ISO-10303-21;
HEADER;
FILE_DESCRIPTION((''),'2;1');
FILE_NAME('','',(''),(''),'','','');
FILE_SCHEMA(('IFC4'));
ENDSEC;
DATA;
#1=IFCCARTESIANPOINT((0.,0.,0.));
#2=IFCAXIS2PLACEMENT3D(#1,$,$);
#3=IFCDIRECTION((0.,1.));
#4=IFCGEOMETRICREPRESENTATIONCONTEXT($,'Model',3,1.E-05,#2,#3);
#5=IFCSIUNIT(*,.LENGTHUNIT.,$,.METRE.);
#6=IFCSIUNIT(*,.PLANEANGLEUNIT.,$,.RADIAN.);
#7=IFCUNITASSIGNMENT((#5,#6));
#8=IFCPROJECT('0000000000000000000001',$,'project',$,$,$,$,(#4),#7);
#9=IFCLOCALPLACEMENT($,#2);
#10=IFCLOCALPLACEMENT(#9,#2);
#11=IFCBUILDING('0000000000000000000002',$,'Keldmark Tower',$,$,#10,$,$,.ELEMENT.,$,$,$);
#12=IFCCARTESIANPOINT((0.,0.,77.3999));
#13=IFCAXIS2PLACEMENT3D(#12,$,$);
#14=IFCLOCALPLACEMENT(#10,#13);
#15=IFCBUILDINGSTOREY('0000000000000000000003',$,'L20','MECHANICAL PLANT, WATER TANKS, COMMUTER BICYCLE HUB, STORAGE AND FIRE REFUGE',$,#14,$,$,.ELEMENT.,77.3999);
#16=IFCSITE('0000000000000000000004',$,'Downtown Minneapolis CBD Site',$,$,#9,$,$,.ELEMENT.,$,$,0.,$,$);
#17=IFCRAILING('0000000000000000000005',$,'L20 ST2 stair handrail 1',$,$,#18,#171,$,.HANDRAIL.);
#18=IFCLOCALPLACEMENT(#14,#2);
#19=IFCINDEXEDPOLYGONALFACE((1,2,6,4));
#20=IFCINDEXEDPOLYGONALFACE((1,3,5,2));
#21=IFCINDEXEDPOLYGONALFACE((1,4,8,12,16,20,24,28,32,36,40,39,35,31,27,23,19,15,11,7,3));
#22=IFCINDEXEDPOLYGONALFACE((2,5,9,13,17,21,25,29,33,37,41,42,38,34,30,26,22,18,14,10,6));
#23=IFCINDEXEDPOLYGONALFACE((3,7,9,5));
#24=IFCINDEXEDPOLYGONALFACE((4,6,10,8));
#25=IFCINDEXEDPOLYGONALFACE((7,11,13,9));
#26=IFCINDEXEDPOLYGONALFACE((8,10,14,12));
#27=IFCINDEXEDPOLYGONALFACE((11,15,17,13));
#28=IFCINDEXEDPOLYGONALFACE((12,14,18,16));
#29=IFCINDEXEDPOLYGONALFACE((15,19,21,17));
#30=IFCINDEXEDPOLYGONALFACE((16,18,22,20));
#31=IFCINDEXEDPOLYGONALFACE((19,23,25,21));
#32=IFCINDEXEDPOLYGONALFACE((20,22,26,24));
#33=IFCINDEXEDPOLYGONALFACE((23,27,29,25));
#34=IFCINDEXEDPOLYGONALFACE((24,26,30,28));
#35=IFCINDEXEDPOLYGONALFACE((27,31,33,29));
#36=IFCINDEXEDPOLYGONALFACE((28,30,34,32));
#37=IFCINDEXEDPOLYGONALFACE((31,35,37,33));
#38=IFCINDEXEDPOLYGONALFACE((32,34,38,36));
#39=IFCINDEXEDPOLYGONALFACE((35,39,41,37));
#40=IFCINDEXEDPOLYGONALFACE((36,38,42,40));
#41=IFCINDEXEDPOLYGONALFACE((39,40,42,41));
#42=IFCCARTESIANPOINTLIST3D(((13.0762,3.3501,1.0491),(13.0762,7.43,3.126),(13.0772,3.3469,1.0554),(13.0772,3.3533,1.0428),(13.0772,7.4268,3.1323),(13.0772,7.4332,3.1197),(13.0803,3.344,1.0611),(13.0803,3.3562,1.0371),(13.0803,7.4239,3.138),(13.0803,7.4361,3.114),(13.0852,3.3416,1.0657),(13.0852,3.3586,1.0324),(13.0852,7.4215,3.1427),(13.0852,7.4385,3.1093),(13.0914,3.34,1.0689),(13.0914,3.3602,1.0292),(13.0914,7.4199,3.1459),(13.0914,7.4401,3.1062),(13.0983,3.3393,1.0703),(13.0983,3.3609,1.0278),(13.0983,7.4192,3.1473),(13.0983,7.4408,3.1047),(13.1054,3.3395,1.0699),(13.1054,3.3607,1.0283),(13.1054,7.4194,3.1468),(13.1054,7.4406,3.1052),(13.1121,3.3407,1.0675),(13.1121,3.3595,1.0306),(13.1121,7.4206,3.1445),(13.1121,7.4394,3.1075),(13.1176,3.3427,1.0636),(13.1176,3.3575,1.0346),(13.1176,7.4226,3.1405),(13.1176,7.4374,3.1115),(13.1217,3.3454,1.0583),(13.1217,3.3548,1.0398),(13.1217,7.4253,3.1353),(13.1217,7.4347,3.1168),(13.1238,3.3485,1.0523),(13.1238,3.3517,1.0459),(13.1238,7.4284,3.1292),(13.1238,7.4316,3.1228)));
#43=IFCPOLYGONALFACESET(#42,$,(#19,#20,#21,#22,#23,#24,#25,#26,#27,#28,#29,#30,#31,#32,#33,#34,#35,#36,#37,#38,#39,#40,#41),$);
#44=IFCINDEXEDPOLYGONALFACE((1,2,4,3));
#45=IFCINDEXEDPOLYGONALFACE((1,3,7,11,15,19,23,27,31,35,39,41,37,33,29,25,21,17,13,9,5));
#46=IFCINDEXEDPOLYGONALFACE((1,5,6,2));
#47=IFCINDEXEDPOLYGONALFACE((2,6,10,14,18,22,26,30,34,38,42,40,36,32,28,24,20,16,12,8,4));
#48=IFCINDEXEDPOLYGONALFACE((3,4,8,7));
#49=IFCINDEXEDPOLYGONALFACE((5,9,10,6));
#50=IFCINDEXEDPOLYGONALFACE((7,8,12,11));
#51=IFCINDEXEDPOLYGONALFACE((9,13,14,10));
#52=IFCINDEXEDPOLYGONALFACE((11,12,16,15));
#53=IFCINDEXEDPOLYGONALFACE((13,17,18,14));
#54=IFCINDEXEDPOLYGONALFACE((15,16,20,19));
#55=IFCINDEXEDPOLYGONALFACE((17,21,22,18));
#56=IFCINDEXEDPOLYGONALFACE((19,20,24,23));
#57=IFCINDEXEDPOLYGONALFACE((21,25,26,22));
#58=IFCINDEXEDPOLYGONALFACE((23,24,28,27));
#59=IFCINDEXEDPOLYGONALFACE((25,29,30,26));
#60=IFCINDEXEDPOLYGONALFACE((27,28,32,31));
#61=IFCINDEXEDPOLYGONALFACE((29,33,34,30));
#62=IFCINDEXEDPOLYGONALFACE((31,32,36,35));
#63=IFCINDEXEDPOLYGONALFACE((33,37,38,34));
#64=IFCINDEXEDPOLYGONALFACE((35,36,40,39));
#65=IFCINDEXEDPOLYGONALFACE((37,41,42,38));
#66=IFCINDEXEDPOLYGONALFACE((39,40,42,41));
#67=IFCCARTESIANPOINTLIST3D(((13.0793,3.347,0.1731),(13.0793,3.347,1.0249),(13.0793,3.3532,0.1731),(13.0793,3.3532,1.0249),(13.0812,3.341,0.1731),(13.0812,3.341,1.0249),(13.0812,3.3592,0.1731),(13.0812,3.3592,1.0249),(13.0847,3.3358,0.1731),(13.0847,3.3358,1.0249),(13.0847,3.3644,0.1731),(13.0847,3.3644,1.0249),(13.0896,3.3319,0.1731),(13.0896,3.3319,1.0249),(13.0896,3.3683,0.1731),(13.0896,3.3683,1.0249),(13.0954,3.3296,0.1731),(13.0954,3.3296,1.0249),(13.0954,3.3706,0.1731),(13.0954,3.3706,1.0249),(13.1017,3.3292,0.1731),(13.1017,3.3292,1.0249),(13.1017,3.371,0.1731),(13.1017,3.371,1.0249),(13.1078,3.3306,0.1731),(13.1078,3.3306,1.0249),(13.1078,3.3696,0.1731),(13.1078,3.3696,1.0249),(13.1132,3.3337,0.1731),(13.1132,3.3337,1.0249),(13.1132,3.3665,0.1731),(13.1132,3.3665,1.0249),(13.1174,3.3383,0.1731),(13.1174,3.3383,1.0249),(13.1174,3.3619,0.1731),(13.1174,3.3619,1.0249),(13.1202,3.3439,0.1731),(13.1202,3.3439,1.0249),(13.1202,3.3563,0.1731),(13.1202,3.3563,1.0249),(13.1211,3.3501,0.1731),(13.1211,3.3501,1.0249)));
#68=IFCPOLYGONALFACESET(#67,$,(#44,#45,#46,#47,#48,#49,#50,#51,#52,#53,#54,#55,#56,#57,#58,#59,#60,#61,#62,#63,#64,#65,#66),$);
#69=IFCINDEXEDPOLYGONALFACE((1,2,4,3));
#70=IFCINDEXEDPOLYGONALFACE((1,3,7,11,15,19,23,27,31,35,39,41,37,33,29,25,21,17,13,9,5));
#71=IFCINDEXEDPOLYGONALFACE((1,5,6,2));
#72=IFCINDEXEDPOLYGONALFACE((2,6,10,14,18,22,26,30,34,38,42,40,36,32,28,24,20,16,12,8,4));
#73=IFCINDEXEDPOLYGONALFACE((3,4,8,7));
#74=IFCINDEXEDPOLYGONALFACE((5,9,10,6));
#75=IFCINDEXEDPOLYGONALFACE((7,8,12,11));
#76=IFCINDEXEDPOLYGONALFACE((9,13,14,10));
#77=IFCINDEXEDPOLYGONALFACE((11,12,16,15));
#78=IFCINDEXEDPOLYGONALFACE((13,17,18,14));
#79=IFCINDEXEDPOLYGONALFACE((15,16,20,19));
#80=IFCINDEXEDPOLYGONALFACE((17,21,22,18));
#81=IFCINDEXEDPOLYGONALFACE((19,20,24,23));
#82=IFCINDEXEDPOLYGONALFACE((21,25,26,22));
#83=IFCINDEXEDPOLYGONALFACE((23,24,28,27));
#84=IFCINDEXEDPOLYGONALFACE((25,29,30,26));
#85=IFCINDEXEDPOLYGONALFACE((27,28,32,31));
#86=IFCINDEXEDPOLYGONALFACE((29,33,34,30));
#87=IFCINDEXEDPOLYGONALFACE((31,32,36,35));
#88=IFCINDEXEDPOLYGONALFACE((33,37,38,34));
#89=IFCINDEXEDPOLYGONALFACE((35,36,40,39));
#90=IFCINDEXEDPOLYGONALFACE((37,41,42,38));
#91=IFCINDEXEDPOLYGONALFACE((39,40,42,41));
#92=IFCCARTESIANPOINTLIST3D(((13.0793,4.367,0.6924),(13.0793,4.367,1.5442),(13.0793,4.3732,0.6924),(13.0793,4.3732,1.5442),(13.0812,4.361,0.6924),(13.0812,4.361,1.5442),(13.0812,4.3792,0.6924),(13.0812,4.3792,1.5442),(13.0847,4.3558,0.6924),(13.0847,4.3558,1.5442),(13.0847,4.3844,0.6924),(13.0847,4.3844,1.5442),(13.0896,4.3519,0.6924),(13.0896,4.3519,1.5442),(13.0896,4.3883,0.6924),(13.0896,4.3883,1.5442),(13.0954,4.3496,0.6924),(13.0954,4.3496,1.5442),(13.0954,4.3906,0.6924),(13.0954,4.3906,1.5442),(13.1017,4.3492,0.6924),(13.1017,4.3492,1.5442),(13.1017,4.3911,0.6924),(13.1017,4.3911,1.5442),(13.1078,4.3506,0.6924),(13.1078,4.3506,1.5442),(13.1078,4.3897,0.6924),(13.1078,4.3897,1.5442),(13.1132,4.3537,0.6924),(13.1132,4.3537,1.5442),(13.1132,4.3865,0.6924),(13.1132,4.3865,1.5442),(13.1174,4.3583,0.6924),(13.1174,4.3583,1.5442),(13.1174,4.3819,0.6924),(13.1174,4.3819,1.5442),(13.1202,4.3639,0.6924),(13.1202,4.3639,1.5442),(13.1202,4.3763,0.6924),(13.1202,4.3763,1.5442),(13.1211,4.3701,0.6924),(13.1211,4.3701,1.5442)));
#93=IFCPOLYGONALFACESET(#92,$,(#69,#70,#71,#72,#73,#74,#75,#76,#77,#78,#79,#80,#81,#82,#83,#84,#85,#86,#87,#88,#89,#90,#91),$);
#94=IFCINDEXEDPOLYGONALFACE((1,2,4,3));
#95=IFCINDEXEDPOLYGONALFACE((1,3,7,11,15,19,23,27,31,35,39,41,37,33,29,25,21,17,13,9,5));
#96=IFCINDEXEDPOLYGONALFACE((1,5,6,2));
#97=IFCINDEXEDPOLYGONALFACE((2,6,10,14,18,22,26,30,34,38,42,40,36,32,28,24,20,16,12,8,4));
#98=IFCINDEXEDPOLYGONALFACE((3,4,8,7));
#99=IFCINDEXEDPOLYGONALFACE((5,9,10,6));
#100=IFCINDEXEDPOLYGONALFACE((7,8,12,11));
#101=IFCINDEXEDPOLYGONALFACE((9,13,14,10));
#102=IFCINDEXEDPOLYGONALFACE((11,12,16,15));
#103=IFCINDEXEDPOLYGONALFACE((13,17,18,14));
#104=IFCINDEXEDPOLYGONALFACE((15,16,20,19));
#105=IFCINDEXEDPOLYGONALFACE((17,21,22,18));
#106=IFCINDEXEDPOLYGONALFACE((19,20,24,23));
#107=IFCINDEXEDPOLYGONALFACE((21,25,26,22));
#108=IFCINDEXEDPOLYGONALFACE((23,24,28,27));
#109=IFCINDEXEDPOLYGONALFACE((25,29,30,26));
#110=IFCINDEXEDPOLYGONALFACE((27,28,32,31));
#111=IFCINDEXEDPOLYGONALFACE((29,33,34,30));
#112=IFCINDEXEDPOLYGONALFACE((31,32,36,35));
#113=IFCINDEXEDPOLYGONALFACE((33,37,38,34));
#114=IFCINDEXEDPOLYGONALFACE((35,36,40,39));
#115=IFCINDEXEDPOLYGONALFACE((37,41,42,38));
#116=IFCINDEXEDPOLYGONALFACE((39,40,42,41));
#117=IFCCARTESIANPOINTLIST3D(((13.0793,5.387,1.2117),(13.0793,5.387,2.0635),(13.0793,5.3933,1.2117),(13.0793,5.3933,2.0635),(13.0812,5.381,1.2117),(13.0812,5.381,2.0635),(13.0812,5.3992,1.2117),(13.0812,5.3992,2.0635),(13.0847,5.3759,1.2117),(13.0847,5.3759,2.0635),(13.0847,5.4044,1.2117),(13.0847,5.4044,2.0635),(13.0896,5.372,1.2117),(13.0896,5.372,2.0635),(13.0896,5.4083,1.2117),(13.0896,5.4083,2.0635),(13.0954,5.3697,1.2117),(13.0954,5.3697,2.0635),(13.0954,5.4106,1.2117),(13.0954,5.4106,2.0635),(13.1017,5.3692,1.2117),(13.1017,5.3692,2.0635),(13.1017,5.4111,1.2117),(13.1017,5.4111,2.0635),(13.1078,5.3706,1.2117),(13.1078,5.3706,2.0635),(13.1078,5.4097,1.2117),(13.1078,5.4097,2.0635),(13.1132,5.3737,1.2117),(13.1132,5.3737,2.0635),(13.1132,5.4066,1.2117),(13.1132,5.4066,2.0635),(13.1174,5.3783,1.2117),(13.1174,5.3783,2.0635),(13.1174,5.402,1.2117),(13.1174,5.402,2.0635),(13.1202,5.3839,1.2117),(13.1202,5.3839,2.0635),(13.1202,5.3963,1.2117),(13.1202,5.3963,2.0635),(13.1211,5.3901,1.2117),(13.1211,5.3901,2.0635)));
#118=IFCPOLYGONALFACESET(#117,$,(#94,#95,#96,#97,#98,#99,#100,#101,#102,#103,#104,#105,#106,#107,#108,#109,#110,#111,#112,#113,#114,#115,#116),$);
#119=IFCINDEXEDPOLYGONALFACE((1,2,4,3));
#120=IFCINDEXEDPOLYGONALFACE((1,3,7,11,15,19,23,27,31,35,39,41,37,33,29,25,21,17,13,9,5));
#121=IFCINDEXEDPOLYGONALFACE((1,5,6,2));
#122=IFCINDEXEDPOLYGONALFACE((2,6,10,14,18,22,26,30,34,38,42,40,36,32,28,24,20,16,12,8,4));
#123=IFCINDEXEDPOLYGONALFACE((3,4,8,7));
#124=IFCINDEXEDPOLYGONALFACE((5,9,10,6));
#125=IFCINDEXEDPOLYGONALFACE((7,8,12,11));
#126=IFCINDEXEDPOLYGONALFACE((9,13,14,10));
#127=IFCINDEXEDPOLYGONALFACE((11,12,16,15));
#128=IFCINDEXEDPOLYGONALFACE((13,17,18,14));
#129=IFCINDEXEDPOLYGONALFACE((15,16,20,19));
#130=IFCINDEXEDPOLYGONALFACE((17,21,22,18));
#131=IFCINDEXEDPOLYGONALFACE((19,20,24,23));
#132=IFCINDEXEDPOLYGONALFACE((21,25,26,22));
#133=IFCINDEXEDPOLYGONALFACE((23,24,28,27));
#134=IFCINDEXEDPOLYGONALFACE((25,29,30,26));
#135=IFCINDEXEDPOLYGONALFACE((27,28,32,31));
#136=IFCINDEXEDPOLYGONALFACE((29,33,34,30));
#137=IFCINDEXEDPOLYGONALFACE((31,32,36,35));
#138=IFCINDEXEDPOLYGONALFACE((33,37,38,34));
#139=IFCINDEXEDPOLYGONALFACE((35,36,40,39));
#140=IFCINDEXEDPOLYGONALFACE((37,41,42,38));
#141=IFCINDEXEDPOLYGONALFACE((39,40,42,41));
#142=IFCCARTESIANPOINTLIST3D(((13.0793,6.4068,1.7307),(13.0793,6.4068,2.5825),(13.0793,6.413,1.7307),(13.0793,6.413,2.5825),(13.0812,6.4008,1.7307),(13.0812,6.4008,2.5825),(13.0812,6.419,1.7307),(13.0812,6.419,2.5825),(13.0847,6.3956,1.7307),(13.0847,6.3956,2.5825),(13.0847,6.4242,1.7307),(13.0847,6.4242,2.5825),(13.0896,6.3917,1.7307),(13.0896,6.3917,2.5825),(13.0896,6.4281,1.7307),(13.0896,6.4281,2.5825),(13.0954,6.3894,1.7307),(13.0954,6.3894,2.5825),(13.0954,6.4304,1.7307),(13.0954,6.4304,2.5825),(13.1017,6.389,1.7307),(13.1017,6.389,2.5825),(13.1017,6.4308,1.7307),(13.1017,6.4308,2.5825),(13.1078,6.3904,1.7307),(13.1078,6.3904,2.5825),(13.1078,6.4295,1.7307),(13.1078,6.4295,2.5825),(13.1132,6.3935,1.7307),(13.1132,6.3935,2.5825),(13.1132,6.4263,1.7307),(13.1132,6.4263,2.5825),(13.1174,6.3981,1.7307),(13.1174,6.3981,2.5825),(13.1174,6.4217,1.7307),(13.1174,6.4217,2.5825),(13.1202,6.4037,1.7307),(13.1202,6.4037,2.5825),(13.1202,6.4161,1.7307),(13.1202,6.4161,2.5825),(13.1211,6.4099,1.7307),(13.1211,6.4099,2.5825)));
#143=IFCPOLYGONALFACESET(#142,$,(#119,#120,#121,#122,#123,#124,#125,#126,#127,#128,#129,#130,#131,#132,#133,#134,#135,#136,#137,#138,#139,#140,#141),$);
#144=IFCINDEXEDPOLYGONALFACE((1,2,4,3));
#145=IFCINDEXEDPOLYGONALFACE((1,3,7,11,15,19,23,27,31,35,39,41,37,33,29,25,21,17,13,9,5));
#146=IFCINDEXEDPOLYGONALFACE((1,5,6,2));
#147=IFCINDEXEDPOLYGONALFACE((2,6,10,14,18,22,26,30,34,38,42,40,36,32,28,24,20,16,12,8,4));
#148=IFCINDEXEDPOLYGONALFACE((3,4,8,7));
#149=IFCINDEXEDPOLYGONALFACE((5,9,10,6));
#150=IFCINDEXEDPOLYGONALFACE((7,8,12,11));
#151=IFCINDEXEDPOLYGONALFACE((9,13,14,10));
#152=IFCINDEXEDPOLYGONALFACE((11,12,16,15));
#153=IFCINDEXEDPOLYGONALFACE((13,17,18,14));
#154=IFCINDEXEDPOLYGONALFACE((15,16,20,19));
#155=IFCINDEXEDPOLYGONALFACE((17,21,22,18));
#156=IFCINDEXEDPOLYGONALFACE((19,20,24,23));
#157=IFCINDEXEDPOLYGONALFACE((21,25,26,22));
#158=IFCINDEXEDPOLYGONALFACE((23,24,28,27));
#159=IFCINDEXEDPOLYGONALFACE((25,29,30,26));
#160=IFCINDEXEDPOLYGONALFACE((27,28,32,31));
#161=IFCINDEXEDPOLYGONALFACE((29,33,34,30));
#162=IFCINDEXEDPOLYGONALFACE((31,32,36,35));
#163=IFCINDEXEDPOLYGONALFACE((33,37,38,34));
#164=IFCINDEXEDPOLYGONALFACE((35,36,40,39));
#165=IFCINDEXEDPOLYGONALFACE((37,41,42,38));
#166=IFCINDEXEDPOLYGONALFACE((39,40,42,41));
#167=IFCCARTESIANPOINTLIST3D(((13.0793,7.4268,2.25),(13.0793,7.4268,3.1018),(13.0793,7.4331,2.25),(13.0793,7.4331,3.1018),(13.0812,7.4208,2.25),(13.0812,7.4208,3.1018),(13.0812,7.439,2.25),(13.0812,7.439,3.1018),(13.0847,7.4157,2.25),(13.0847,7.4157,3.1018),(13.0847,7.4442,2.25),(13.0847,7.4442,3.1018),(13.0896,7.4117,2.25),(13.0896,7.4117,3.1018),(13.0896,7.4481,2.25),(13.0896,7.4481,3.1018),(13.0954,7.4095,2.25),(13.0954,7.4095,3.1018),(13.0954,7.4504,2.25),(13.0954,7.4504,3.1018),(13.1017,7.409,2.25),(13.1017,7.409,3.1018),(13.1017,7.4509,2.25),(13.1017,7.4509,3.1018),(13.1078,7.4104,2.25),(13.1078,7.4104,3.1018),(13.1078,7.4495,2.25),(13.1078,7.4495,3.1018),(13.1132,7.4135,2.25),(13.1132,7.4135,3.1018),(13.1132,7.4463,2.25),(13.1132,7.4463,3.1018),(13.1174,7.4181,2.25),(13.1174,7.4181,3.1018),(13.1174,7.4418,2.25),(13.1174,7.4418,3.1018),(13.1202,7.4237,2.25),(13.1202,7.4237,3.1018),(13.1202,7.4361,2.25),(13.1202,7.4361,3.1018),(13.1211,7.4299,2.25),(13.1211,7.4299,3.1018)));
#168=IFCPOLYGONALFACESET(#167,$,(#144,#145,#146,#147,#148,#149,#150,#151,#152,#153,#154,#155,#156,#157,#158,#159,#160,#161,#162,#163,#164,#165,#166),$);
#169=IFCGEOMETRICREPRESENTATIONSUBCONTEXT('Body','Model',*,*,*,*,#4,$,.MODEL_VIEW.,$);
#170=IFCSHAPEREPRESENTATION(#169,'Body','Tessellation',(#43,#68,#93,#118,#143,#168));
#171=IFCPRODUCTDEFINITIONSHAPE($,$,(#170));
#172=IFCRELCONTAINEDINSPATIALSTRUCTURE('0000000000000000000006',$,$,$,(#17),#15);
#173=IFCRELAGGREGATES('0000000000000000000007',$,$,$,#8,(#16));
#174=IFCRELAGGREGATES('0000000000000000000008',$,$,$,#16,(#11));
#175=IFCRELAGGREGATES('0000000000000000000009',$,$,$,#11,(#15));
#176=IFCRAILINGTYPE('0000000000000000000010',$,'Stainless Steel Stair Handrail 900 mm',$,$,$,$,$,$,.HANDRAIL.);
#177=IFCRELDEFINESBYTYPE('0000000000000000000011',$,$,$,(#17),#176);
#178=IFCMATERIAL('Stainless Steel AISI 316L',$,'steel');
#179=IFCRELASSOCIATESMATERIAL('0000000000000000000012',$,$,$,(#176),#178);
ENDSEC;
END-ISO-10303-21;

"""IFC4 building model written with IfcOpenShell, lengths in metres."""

from ifc_helpers import new_model, si_unit, direction, frame, origin, origin_2d, place, context, subcontext, project, spatial, circle, extrude, material, type_object, element, save


model = new_model("IFC4")

# Units and contexts
model_context = context("Model", 3, precision=1e-05, world=origin(), true_north=direction((0.0, 1.0)))
body_context = subcontext(model_context, "Body", "Model", "MODEL_VIEW")
ifc_project = project(units=[si_unit("LENGTHUNIT", "METRE"), si_unit("PLANEANGLEUNIT", "RADIAN")], contexts=[model_context])

# Site, building, storey
site_placement = place(None, origin())
site = spatial("IfcSite", under=ifc_project, at=site_placement, Name="Downtown Minneapolis CBD Site", CompositionType="ELEMENT", RefElevation=0.0)
building_placement = place(site_placement, origin())
building = spatial("IfcBuilding", under=site, at=building_placement, Name="Keldmark Tower", CompositionType="ELEMENT")
storey_placement = place(building_placement, frame((0.0, 0.0, 77.3999)))
storey = spatial("IfcBuildingStorey", under=building, at=storey_placement, Name="L20", Description="MECHANICAL PLANT, WATER TANKS, COMMUTER BICYCLE HUB, STORAGE AND FIRE REFUGE", CompositionType="ELEMENT", Elevation=77.3999)

# Railing
ifc_material_1 = material(Name="Stainless Steel AISI 316L", Category="steel")
railing_type_1 = type_object("IfcRailingType", Name="Stainless Steel Stair Handrail 900 mm", PredefinedType="HANDRAIL", material=ifc_material_1)
railing_1_placement = place(storey_placement, frame((13.1001, 3.3501, 0.1731)))
element("IfcRailing", 1, at=railing_1_placement, inside=storey, type_object=railing_type_1, Name="L20 ST2 stair handrail 1", PredefinedType="HANDRAIL", context=body_context, shape_type="SweptSolid", body=[
    extrude(circle(Radius=0.0239, at=origin_2d()), frame((0.0, 0.0, 0.876), z_axis=(0.0, 0.891172, 0.453665), x_axis=(-1.0, 0.0, 0.0)), (0.0, 0.0, 1.0), 4.5781),
    extrude(circle(Radius=0.021, at=origin_2d()), origin(), (0.0, 0.0, 1.0), 0.8518),
    extrude(circle(Radius=0.021, at=origin_2d()), frame((0.0, 1.02, 0.5193)), (0.0, 0.0, 1.0), 0.8518),
    extrude(circle(Radius=0.021, at=origin_2d()), frame((0.0, 2.04, 1.0386)), (0.0, 0.0, 1.0), 0.8518),
    extrude(circle(Radius=0.021, at=origin_2d()), frame((0.0, 3.0598, 1.5576)), (0.0, 0.0, 1.0), 0.8518),
    extrude(circle(Radius=0.021, at=origin_2d()), frame((0.0, 4.0798, 2.0769)), (0.0, 0.0, 1.0), 0.8518),
])

save(model, "model.ifc")
